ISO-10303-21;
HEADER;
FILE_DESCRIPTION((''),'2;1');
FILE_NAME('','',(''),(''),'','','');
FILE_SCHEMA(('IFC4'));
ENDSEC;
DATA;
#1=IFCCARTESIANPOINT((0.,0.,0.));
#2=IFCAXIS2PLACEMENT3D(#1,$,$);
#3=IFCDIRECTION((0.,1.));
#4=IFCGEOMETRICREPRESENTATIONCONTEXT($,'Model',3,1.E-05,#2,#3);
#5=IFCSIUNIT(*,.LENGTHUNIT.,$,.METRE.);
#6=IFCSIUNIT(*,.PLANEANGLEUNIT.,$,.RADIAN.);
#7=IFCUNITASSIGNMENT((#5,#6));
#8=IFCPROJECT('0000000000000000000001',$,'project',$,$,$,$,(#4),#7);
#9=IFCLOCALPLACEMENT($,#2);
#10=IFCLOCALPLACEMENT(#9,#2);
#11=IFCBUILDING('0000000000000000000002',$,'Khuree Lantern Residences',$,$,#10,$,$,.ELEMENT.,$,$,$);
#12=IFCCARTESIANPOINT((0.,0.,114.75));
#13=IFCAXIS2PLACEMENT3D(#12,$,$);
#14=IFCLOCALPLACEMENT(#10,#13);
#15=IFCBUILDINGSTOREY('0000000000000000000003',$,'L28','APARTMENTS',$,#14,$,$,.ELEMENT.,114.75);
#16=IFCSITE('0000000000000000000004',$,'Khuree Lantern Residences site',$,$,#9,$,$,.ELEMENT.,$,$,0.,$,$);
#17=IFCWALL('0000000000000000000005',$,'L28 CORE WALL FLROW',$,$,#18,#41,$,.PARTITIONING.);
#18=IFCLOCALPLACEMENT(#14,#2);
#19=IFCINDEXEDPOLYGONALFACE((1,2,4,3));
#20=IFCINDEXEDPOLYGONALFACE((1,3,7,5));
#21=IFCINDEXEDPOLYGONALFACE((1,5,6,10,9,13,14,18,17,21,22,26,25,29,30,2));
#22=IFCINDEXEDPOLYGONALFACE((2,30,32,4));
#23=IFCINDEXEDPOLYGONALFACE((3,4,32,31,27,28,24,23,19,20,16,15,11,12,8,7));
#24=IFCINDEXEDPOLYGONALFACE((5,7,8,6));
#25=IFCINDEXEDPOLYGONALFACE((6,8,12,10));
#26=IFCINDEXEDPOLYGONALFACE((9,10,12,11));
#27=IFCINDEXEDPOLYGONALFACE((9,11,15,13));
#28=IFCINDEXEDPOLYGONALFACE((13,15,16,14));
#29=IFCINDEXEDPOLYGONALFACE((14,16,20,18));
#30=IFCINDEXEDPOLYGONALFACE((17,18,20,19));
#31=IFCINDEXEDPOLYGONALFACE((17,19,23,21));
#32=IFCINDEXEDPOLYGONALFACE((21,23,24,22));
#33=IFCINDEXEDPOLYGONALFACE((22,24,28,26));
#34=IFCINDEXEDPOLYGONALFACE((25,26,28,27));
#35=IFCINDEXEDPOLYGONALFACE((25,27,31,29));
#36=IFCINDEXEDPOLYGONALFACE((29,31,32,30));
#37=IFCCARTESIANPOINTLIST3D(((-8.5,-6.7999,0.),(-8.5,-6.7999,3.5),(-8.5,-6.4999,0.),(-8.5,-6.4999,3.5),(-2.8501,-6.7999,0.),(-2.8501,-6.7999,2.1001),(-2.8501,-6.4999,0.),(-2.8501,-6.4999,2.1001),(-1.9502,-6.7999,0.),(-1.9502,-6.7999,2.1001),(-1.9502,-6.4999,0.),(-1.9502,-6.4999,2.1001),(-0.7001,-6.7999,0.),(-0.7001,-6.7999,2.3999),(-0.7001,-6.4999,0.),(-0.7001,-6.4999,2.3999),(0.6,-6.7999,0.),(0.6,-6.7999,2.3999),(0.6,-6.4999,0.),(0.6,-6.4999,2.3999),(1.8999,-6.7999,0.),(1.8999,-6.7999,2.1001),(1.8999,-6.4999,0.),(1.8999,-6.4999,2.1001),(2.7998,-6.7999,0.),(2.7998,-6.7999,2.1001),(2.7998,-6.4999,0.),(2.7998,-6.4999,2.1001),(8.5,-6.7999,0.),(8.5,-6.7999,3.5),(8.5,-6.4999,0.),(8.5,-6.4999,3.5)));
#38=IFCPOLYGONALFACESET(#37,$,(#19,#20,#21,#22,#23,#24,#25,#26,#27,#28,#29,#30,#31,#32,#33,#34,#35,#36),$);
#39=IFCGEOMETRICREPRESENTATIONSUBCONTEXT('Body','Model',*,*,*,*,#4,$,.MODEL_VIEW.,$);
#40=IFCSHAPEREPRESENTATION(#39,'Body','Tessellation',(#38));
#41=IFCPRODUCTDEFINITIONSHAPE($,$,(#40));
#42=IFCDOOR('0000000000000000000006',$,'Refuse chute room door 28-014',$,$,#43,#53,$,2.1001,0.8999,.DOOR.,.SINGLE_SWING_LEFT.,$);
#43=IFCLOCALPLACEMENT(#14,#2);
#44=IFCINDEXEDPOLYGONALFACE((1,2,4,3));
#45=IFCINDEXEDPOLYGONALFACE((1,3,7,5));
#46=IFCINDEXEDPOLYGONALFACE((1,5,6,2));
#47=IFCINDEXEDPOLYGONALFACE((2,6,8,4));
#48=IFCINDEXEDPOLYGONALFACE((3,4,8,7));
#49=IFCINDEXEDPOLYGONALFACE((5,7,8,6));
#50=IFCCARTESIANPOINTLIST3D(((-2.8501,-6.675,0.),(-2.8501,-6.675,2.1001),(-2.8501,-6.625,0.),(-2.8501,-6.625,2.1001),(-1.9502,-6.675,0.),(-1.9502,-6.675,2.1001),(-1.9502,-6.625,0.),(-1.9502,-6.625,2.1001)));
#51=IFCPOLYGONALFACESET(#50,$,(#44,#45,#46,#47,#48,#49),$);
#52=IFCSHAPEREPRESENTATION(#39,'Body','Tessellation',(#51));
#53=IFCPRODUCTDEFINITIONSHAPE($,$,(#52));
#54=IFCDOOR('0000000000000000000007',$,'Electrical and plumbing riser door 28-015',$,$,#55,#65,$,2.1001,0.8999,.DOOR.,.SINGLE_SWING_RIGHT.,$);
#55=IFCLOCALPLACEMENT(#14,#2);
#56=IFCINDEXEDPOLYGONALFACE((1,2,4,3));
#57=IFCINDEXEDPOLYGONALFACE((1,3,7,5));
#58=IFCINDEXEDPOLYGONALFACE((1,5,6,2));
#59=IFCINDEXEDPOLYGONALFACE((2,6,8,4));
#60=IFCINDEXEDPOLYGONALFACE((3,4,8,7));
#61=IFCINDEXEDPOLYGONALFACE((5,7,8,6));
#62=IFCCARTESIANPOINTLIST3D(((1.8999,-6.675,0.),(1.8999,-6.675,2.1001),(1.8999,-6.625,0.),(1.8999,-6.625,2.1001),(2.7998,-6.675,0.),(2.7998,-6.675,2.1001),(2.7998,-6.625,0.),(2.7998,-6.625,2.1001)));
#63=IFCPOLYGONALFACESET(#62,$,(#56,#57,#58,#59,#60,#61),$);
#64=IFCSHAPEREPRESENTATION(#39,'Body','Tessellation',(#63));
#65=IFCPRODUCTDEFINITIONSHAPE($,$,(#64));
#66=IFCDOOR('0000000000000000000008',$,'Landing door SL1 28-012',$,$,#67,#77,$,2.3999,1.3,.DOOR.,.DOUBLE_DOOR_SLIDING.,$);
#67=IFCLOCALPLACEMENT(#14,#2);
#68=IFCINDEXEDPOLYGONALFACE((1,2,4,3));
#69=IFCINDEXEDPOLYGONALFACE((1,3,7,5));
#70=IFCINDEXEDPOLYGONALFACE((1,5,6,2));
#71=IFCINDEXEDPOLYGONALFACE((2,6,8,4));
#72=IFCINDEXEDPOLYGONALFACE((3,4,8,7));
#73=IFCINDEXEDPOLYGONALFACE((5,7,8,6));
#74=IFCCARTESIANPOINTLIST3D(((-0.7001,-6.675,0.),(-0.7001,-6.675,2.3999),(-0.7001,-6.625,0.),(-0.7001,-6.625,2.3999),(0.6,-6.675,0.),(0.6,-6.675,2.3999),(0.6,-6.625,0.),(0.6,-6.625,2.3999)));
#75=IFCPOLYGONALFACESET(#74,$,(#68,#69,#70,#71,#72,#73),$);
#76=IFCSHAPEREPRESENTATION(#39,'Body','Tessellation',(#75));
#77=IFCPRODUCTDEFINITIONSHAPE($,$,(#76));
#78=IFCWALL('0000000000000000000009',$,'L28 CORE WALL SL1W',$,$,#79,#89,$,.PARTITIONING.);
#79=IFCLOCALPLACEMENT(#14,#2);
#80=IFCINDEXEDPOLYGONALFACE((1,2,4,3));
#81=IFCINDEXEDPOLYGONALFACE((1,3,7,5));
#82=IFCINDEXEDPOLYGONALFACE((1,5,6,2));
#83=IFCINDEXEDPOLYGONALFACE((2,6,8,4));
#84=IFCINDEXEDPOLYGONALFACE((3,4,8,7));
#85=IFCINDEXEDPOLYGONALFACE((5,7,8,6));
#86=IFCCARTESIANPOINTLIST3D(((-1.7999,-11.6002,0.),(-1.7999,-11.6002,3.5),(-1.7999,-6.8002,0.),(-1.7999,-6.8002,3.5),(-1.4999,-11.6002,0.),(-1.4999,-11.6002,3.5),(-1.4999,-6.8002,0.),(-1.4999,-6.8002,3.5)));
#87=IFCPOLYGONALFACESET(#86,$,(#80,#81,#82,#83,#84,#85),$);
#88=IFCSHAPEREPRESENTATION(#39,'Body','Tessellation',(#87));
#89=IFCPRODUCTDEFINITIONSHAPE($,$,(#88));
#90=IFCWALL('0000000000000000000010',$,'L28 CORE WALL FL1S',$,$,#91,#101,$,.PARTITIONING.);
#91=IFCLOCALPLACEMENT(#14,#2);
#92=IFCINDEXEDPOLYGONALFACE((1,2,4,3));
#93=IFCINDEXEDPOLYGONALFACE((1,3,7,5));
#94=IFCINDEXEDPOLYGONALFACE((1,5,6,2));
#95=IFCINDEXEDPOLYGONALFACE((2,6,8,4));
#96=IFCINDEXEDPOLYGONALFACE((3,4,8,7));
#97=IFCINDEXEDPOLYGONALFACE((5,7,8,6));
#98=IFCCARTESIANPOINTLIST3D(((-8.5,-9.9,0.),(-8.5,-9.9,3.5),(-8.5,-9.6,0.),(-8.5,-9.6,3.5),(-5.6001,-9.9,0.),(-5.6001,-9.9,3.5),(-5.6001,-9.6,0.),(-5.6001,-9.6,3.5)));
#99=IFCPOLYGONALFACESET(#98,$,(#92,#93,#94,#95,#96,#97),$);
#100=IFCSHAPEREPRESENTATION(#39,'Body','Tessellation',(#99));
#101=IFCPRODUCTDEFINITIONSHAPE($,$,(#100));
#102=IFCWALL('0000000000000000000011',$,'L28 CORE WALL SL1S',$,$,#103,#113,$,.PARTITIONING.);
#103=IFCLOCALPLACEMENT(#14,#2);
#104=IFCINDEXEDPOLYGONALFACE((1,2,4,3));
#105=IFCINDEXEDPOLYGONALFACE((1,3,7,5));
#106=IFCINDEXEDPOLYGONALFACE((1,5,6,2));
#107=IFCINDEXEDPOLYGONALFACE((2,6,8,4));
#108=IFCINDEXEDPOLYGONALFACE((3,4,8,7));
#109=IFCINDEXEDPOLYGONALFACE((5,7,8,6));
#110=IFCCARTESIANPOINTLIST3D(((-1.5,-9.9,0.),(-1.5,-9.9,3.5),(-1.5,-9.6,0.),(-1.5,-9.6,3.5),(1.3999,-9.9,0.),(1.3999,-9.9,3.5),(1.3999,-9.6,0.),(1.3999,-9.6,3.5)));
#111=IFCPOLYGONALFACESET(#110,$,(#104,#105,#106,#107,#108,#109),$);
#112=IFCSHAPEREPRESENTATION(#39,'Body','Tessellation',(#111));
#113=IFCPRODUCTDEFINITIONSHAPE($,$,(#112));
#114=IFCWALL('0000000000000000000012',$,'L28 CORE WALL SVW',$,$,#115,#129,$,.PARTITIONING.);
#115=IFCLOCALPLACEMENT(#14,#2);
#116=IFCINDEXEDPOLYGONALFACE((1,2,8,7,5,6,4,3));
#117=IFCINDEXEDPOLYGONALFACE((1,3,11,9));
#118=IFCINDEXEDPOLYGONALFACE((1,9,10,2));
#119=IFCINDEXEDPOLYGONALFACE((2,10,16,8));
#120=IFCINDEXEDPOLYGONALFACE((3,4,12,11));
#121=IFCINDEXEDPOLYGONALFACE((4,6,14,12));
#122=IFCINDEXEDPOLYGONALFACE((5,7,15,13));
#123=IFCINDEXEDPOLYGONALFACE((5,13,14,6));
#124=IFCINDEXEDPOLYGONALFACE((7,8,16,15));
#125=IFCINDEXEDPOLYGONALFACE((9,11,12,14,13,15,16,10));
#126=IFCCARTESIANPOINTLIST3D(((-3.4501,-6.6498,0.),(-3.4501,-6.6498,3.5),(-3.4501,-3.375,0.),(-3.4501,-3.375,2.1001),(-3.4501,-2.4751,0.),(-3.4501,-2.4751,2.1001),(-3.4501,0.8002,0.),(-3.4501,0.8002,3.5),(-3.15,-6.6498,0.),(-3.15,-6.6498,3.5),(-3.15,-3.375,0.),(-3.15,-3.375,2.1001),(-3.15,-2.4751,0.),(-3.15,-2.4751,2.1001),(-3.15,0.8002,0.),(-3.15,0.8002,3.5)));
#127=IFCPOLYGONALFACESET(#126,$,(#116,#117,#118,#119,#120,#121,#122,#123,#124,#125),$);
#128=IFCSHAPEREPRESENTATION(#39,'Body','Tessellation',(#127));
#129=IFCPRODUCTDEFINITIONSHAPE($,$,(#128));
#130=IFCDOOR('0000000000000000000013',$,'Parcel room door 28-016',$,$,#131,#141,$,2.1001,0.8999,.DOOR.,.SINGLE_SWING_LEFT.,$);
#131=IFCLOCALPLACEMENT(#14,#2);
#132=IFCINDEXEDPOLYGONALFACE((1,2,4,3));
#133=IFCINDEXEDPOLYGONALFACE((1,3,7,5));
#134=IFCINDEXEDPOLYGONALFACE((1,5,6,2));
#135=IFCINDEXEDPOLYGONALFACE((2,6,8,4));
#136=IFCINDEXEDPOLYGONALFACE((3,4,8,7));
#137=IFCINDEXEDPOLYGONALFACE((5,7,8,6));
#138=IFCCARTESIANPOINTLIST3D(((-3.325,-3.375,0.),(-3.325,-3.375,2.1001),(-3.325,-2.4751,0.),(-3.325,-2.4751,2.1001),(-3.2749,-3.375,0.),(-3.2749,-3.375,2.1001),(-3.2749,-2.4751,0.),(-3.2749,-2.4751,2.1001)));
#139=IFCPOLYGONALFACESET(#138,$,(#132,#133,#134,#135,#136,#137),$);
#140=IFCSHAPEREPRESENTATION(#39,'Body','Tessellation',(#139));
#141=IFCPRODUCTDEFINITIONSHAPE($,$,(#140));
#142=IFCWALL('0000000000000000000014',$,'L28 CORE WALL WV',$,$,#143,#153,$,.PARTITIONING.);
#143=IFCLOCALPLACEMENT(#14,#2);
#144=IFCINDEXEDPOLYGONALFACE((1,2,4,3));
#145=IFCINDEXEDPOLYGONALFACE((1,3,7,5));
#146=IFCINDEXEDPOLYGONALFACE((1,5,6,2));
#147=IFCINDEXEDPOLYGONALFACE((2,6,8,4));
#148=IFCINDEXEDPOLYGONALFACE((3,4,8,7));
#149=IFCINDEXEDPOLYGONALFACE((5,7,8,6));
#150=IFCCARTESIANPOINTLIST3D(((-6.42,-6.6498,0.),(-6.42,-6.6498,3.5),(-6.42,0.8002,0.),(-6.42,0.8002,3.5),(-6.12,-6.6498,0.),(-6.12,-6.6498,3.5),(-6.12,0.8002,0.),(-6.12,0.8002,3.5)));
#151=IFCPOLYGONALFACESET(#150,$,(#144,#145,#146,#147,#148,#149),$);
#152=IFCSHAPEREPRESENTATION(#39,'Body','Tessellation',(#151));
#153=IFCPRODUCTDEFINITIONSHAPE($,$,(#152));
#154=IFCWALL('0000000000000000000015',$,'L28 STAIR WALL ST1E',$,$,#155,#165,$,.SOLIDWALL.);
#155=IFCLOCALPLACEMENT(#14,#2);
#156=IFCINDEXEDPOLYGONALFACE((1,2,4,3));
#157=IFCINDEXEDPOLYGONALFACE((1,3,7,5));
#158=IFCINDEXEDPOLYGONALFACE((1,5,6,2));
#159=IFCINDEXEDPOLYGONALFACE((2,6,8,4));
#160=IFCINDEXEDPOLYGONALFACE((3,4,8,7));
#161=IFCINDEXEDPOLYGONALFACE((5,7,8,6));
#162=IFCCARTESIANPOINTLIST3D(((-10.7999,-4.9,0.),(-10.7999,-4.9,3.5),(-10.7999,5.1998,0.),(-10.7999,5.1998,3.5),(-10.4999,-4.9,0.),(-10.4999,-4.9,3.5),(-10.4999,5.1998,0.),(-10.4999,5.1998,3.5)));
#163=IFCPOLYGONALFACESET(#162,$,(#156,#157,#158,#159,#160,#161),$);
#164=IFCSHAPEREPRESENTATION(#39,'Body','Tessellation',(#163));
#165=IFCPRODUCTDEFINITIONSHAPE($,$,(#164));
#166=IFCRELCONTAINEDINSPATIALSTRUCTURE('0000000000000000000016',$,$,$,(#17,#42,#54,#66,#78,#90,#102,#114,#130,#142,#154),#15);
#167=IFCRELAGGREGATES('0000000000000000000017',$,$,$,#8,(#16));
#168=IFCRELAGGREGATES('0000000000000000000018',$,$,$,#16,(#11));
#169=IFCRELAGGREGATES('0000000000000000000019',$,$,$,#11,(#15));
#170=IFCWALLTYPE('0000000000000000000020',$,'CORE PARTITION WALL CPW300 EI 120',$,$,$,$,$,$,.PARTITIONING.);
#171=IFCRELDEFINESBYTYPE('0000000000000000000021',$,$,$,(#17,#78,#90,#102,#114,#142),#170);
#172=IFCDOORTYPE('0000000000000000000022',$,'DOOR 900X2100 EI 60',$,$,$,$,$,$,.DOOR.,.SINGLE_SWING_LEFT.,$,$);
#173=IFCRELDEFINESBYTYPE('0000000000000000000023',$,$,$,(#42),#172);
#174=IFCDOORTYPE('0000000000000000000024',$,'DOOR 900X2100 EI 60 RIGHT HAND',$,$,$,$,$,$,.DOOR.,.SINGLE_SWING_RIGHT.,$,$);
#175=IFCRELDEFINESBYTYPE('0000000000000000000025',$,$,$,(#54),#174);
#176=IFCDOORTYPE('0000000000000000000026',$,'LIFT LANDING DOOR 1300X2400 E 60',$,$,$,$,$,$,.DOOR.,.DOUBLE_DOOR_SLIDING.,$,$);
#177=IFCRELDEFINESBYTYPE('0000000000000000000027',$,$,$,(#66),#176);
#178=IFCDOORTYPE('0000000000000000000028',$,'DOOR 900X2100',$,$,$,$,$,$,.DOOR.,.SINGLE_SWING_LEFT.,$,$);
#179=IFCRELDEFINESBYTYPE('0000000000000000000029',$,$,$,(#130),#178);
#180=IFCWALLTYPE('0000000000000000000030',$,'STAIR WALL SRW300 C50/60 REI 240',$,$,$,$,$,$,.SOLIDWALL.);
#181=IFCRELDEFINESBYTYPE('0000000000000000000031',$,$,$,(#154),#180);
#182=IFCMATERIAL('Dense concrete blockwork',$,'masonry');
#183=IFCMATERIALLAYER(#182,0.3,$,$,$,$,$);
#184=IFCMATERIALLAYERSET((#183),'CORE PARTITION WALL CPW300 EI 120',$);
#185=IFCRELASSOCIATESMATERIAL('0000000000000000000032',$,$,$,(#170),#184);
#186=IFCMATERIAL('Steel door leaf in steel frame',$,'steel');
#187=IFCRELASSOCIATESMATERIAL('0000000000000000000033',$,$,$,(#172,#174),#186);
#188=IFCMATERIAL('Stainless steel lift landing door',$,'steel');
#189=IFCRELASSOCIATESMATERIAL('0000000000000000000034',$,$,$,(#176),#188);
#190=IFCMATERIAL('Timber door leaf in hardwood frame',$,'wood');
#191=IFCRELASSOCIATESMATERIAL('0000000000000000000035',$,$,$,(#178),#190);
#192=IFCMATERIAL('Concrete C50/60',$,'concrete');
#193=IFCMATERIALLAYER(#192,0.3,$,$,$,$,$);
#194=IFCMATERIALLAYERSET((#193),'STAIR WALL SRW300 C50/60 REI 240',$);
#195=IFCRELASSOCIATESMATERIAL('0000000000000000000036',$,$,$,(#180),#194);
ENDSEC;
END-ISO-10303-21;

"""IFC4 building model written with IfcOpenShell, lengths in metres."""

from ifc_helpers import new_model, si_unit, direction, frame, frame_2d, origin, place, context, subcontext, project, spatial, rectangle, extrude, material, layer, layer_set, type_object, element, fill, save


model = new_model("IFC4")

# Units and contexts
model_context = context("Model", 3, precision=1e-05, world=origin(), true_north=direction((0.0, 1.0)))
body_context = subcontext(model_context, "Body", "Model", "MODEL_VIEW")
ifc_project = project(units=[si_unit("LENGTHUNIT", "METRE"), si_unit("PLANEANGLEUNIT", "RADIAN")], contexts=[model_context])

# Site, building, storey
site_placement = place(None, origin())
site = spatial("IfcSite", under=ifc_project, at=site_placement, Name="Khuree Lantern Residences site", CompositionType="ELEMENT", RefElevation=0.0)
building_placement = place(site_placement, origin())
building = spatial("IfcBuilding", under=site, at=building_placement, Name="Khuree Lantern Residences", CompositionType="ELEMENT")
storey_placement = place(building_placement, frame((0.0, 0.0, 114.75)))
storey = spatial("IfcBuildingStorey", under=building, at=storey_placement, Name="L28", Description="APARTMENTS", CompositionType="ELEMENT", Elevation=114.75)

# Wall, openings, doors
ifc_material_1 = material(Name="Dense concrete blockwork", Category="masonry")
ifc_layer_1 = layer(ifc_material_1, 0.3)
ifc_layer_set_1 = layer_set([ifc_layer_1], Name="CORE PARTITION WALL CPW300 EI 120")
wall_type_1 = type_object("IfcWallType", Name="CORE PARTITION WALL CPW300 EI 120", PredefinedType="PARTITIONING", material=ifc_layer_set_1)
wall_1_placement = place(storey_placement, frame((-8.5, -6.6499, 0.0), z_axis=(0.0, 0.0, 1.0), x_axis=(1.0, 0.0, 0.0)))
wall_1 = element("IfcWall", 1, at=wall_1_placement, inside=storey, type_object=wall_type_1, Name="L28 CORE WALL FLROW", PredefinedType="PARTITIONING", context=body_context, shape_type="SweptSolid", body=[
    extrude(rectangle(XDim=17.0, YDim=0.3, at=frame_2d((8.5, 0.0))), origin(), (0.0, 0.0, 1.0), 3.5),
])
opening_1_placement = place(wall_1_placement, frame((7.8, 0.0, 0.0)))
opening_1 = element("IfcOpeningElement", 2, at=opening_1_placement, cuts=wall_1, PredefinedType="OPENING", context=body_context, shape_type="SweptSolid", body=[
    extrude(rectangle(XDim=1.3, YDim=2.3999, at=frame_2d((0.6499, 1.2))), frame((0.0, 0.1602, 0.0), z_axis=(0.0, -1.0, 0.0), x_axis=(1.0, 0.0, 0.0)), (0.0, 0.0, 1.0), 0.3201),
])
opening_2_placement = place(wall_1_placement, frame((5.6499, 0.0, 0.0)))
opening_2 = element("IfcOpeningElement", 3, at=opening_2_placement, cuts=wall_1, PredefinedType="OPENING", context=body_context, shape_type="SweptSolid", body=[
    extrude(rectangle(XDim=0.8999, YDim=2.1001, at=frame_2d((0.45, 1.05))), frame((0.0, 0.1602, 0.0), z_axis=(0.0, -1.0, 0.0), x_axis=(1.0, 0.0, 0.0)), (0.0, 0.0, 1.0), 0.3201),
])
opening_3_placement = place(wall_1_placement, frame((10.3999, 0.0, 0.0)))
opening_3 = element("IfcOpeningElement", 4, at=opening_3_placement, cuts=wall_1, PredefinedType="OPENING", context=body_context, shape_type="SweptSolid", body=[
    extrude(rectangle(XDim=0.8999, YDim=2.1001, at=frame_2d((0.45, 1.05))), frame((0.0, 0.1602, 0.0), z_axis=(0.0, -1.0, 0.0), x_axis=(1.0, 0.0, 0.0)), (0.0, 0.0, 1.0), 0.3201),
])
ifc_material_2 = material(Name="Steel door leaf in steel frame", Category="steel")
door_type_1 = type_object("IfcDoorType", Name="DOOR 900X2100 EI 60", OperationType="SINGLE_SWING_LEFT", PredefinedType="DOOR", material=ifc_material_2)
door_1_placement = place(opening_2_placement, origin())
door_1 = element("IfcDoor", 5, at=door_1_placement, inside=storey, type_object=door_type_1, Name="Refuse chute room door 28-014", OperationType="SINGLE_SWING_LEFT", OverallHeight=2.1001, OverallWidth=0.8999, PredefinedType="DOOR", context=body_context, shape_type="SweptSolid", body=[
    extrude(rectangle(XDim=0.8999, YDim=2.1001, at=frame_2d((0.45, 1.05))), frame((0.0, 0.0249, 0.0), z_axis=(0.0, -1.0, 0.0), x_axis=(1.0, 0.0, 0.0)), (0.0, 0.0, 1.0), 0.05),
])
fill(opening_2, door_1)
door_type_2 = type_object("IfcDoorType", Name="DOOR 900X2100 EI 60 RIGHT HAND", OperationType="SINGLE_SWING_RIGHT", PredefinedType="DOOR", material=ifc_material_2)
door_2_placement = place(opening_3_placement, origin())
door_2 = element("IfcDoor", 6, at=door_2_placement, inside=storey, type_object=door_type_2, Name="Electrical and plumbing riser door 28-015", OperationType="SINGLE_SWING_RIGHT", OverallHeight=2.1001, OverallWidth=0.8999, PredefinedType="DOOR", context=body_context, shape_type="SweptSolid", body=[
    extrude(rectangle(XDim=0.8999, YDim=2.1001, at=frame_2d((0.45, 1.05))), frame((0.0, 0.0249, 0.0), z_axis=(0.0, -1.0, 0.0), x_axis=(1.0, 0.0, 0.0)), (0.0, 0.0, 1.0), 0.05),
])
fill(opening_3, door_2)
ifc_material_3 = material(Name="Stainless steel lift landing door", Category="steel")
door_type_3 = type_object("IfcDoorType", Name="LIFT LANDING DOOR 1300X2400 E 60", OperationType="DOUBLE_DOOR_SLIDING", PredefinedType="DOOR", material=ifc_material_3)
door_3_placement = place(opening_1_placement, origin())
door_3 = element("IfcDoor", 7, at=door_3_placement, inside=storey, type_object=door_type_3, Name="Landing door SL1 28-012", OperationType="DOUBLE_DOOR_SLIDING", OverallHeight=2.3999, OverallWidth=1.3, PredefinedType="DOOR", context=body_context, shape_type="SweptSolid", body=[
    extrude(rectangle(XDim=1.3, YDim=2.3999, at=frame_2d((0.6499, 1.2))), frame((0.0, 0.0249, 0.0), z_axis=(0.0, -1.0, 0.0), x_axis=(1.0, 0.0, 0.0)), (0.0, 0.0, 1.0), 0.05),
])
fill(opening_1, door_3)

# Walls
wall_2_placement = place(storey_placement, frame((-1.6499, -11.6001, 0.0), z_axis=(0.0, 0.0, 1.0), x_axis=(0.0, 1.0, 0.0)))
element("IfcWall", 8, at=wall_2_placement, inside=storey, type_object=wall_type_1, Name="L28 CORE WALL SL1W", PredefinedType="PARTITIONING", context=body_context, shape_type="SweptSolid", body=[
    extrude(rectangle(XDim=4.8, YDim=0.3, at=frame_2d((2.3999, 0.0))), origin(), (0.0, 0.0, 1.0), 3.5),
])
for number, where, z_axis, x_axis, name in (
    (9, (-8.5, -9.75, 0.0), (0.0, 0.0, 1.0), (1.0, 0.0, 0.0), "L28 CORE WALL FL1S"),
    (10, (-1.5, -9.75, 0.0), (0.0, 0.0, 1.0), (1.0, 0.0, 0.0), "L28 CORE WALL SL1S"),
):
    element("IfcWall", number, at=place(storey_placement, frame(where, z_axis=z_axis, x_axis=x_axis)), inside=storey, type_object=wall_type_1, Name=name, PredefinedType="PARTITIONING", context=body_context, shape_type="SweptSolid", body=[
        extrude(rectangle(XDim=2.8999, YDim=0.3, at=frame_2d((1.45, 0.0))), origin(), (0.0, 0.0, 1.0), 3.5),
    ])

# Wall, opening, door
wall_3_placement = place(storey_placement, frame((-3.3, -6.6499, 0.0), z_axis=(0.0, 0.0, 1.0), x_axis=(0.0, 1.0, 0.0)))
wall_3 = element("IfcWall", 11, at=wall_3_placement, inside=storey, type_object=wall_type_1, Name="L28 CORE WALL SVW", PredefinedType="PARTITIONING", context=body_context, shape_type="SweptSolid", body=[
    extrude(rectangle(XDim=7.45, YDim=0.3, at=frame_2d((3.7251, 0.0))), origin(), (0.0, 0.0, 1.0), 3.5),
])
opening_4_placement = place(wall_3_placement, frame((3.2749, 0.0, 0.0)))
opening_4 = element("IfcOpeningElement", 12, at=opening_4_placement, cuts=wall_3, PredefinedType="OPENING", context=body_context, shape_type="SweptSolid", body=[
    extrude(rectangle(XDim=0.8999, YDim=2.1001, at=frame_2d((0.45, 1.05))), frame((0.0, 0.1602, 0.0), z_axis=(0.0, -1.0, 0.0), x_axis=(1.0, 0.0, 0.0)), (0.0, 0.0, 1.0), 0.3201),
])
ifc_material_4 = material(Name="Timber door leaf in hardwood frame", Category="wood")
door_type_4 = type_object("IfcDoorType", Name="DOOR 900X2100", OperationType="SINGLE_SWING_LEFT", PredefinedType="DOOR", material=ifc_material_4)
door_4_placement = place(opening_4_placement, origin())
door_4 = element("IfcDoor", 13, at=door_4_placement, inside=storey, type_object=door_type_4, Name="Parcel room door 28-016", OperationType="SINGLE_SWING_LEFT", OverallHeight=2.1001, OverallWidth=0.8999, PredefinedType="DOOR", context=body_context, shape_type="SweptSolid", body=[
    extrude(rectangle(XDim=0.8999, YDim=2.1001, at=frame_2d((0.45, 1.05))), frame((0.0, 0.0249, 0.0), z_axis=(0.0, -1.0, 0.0), x_axis=(1.0, 0.0, 0.0)), (0.0, 0.0, 1.0), 0.05),
])
fill(opening_4, door_4)

# Walls
wall_4_placement = place(storey_placement, frame((-6.27, -6.6499, 0.0), z_axis=(0.0, 0.0, 1.0), x_axis=(0.0, 1.0, 0.0)))
element("IfcWall", 14, at=wall_4_placement, inside=storey, type_object=wall_type_1, Name="L28 CORE WALL WV", PredefinedType="PARTITIONING", context=body_context, shape_type="SweptSolid", body=[
    extrude(rectangle(XDim=7.45, YDim=0.3, at=frame_2d((3.7251, 0.0))), origin(), (0.0, 0.0, 1.0), 3.5),
])
ifc_material_5 = material(Name="Concrete C50/60", Category="concrete")
ifc_layer_2 = layer(ifc_material_5, 0.3)
ifc_layer_set_2 = layer_set([ifc_layer_2], Name="STAIR WALL SRW300 C50/60 REI 240")
wall_type_2 = type_object("IfcWallType", Name="STAIR WALL SRW300 C50/60 REI 240", PredefinedType="SOLIDWALL", material=ifc_layer_set_2)
wall_5_placement = place(storey_placement, frame((-10.6499, -4.8999, 0.0), z_axis=(0.0, 0.0, 1.0), x_axis=(0.0, 1.0, 0.0)))
element("IfcWall", 15, at=wall_5_placement, inside=storey, type_object=wall_type_2, Name="L28 STAIR WALL ST1E", PredefinedType="SOLIDWALL", context=body_context, shape_type="SweptSolid", body=[
    extrude(rectangle(XDim=10.0999, YDim=0.3, at=frame_2d((5.0498, 0.0))), origin(), (0.0, 0.0, 1.0), 3.5),
])

save(model, "model.ifc")
